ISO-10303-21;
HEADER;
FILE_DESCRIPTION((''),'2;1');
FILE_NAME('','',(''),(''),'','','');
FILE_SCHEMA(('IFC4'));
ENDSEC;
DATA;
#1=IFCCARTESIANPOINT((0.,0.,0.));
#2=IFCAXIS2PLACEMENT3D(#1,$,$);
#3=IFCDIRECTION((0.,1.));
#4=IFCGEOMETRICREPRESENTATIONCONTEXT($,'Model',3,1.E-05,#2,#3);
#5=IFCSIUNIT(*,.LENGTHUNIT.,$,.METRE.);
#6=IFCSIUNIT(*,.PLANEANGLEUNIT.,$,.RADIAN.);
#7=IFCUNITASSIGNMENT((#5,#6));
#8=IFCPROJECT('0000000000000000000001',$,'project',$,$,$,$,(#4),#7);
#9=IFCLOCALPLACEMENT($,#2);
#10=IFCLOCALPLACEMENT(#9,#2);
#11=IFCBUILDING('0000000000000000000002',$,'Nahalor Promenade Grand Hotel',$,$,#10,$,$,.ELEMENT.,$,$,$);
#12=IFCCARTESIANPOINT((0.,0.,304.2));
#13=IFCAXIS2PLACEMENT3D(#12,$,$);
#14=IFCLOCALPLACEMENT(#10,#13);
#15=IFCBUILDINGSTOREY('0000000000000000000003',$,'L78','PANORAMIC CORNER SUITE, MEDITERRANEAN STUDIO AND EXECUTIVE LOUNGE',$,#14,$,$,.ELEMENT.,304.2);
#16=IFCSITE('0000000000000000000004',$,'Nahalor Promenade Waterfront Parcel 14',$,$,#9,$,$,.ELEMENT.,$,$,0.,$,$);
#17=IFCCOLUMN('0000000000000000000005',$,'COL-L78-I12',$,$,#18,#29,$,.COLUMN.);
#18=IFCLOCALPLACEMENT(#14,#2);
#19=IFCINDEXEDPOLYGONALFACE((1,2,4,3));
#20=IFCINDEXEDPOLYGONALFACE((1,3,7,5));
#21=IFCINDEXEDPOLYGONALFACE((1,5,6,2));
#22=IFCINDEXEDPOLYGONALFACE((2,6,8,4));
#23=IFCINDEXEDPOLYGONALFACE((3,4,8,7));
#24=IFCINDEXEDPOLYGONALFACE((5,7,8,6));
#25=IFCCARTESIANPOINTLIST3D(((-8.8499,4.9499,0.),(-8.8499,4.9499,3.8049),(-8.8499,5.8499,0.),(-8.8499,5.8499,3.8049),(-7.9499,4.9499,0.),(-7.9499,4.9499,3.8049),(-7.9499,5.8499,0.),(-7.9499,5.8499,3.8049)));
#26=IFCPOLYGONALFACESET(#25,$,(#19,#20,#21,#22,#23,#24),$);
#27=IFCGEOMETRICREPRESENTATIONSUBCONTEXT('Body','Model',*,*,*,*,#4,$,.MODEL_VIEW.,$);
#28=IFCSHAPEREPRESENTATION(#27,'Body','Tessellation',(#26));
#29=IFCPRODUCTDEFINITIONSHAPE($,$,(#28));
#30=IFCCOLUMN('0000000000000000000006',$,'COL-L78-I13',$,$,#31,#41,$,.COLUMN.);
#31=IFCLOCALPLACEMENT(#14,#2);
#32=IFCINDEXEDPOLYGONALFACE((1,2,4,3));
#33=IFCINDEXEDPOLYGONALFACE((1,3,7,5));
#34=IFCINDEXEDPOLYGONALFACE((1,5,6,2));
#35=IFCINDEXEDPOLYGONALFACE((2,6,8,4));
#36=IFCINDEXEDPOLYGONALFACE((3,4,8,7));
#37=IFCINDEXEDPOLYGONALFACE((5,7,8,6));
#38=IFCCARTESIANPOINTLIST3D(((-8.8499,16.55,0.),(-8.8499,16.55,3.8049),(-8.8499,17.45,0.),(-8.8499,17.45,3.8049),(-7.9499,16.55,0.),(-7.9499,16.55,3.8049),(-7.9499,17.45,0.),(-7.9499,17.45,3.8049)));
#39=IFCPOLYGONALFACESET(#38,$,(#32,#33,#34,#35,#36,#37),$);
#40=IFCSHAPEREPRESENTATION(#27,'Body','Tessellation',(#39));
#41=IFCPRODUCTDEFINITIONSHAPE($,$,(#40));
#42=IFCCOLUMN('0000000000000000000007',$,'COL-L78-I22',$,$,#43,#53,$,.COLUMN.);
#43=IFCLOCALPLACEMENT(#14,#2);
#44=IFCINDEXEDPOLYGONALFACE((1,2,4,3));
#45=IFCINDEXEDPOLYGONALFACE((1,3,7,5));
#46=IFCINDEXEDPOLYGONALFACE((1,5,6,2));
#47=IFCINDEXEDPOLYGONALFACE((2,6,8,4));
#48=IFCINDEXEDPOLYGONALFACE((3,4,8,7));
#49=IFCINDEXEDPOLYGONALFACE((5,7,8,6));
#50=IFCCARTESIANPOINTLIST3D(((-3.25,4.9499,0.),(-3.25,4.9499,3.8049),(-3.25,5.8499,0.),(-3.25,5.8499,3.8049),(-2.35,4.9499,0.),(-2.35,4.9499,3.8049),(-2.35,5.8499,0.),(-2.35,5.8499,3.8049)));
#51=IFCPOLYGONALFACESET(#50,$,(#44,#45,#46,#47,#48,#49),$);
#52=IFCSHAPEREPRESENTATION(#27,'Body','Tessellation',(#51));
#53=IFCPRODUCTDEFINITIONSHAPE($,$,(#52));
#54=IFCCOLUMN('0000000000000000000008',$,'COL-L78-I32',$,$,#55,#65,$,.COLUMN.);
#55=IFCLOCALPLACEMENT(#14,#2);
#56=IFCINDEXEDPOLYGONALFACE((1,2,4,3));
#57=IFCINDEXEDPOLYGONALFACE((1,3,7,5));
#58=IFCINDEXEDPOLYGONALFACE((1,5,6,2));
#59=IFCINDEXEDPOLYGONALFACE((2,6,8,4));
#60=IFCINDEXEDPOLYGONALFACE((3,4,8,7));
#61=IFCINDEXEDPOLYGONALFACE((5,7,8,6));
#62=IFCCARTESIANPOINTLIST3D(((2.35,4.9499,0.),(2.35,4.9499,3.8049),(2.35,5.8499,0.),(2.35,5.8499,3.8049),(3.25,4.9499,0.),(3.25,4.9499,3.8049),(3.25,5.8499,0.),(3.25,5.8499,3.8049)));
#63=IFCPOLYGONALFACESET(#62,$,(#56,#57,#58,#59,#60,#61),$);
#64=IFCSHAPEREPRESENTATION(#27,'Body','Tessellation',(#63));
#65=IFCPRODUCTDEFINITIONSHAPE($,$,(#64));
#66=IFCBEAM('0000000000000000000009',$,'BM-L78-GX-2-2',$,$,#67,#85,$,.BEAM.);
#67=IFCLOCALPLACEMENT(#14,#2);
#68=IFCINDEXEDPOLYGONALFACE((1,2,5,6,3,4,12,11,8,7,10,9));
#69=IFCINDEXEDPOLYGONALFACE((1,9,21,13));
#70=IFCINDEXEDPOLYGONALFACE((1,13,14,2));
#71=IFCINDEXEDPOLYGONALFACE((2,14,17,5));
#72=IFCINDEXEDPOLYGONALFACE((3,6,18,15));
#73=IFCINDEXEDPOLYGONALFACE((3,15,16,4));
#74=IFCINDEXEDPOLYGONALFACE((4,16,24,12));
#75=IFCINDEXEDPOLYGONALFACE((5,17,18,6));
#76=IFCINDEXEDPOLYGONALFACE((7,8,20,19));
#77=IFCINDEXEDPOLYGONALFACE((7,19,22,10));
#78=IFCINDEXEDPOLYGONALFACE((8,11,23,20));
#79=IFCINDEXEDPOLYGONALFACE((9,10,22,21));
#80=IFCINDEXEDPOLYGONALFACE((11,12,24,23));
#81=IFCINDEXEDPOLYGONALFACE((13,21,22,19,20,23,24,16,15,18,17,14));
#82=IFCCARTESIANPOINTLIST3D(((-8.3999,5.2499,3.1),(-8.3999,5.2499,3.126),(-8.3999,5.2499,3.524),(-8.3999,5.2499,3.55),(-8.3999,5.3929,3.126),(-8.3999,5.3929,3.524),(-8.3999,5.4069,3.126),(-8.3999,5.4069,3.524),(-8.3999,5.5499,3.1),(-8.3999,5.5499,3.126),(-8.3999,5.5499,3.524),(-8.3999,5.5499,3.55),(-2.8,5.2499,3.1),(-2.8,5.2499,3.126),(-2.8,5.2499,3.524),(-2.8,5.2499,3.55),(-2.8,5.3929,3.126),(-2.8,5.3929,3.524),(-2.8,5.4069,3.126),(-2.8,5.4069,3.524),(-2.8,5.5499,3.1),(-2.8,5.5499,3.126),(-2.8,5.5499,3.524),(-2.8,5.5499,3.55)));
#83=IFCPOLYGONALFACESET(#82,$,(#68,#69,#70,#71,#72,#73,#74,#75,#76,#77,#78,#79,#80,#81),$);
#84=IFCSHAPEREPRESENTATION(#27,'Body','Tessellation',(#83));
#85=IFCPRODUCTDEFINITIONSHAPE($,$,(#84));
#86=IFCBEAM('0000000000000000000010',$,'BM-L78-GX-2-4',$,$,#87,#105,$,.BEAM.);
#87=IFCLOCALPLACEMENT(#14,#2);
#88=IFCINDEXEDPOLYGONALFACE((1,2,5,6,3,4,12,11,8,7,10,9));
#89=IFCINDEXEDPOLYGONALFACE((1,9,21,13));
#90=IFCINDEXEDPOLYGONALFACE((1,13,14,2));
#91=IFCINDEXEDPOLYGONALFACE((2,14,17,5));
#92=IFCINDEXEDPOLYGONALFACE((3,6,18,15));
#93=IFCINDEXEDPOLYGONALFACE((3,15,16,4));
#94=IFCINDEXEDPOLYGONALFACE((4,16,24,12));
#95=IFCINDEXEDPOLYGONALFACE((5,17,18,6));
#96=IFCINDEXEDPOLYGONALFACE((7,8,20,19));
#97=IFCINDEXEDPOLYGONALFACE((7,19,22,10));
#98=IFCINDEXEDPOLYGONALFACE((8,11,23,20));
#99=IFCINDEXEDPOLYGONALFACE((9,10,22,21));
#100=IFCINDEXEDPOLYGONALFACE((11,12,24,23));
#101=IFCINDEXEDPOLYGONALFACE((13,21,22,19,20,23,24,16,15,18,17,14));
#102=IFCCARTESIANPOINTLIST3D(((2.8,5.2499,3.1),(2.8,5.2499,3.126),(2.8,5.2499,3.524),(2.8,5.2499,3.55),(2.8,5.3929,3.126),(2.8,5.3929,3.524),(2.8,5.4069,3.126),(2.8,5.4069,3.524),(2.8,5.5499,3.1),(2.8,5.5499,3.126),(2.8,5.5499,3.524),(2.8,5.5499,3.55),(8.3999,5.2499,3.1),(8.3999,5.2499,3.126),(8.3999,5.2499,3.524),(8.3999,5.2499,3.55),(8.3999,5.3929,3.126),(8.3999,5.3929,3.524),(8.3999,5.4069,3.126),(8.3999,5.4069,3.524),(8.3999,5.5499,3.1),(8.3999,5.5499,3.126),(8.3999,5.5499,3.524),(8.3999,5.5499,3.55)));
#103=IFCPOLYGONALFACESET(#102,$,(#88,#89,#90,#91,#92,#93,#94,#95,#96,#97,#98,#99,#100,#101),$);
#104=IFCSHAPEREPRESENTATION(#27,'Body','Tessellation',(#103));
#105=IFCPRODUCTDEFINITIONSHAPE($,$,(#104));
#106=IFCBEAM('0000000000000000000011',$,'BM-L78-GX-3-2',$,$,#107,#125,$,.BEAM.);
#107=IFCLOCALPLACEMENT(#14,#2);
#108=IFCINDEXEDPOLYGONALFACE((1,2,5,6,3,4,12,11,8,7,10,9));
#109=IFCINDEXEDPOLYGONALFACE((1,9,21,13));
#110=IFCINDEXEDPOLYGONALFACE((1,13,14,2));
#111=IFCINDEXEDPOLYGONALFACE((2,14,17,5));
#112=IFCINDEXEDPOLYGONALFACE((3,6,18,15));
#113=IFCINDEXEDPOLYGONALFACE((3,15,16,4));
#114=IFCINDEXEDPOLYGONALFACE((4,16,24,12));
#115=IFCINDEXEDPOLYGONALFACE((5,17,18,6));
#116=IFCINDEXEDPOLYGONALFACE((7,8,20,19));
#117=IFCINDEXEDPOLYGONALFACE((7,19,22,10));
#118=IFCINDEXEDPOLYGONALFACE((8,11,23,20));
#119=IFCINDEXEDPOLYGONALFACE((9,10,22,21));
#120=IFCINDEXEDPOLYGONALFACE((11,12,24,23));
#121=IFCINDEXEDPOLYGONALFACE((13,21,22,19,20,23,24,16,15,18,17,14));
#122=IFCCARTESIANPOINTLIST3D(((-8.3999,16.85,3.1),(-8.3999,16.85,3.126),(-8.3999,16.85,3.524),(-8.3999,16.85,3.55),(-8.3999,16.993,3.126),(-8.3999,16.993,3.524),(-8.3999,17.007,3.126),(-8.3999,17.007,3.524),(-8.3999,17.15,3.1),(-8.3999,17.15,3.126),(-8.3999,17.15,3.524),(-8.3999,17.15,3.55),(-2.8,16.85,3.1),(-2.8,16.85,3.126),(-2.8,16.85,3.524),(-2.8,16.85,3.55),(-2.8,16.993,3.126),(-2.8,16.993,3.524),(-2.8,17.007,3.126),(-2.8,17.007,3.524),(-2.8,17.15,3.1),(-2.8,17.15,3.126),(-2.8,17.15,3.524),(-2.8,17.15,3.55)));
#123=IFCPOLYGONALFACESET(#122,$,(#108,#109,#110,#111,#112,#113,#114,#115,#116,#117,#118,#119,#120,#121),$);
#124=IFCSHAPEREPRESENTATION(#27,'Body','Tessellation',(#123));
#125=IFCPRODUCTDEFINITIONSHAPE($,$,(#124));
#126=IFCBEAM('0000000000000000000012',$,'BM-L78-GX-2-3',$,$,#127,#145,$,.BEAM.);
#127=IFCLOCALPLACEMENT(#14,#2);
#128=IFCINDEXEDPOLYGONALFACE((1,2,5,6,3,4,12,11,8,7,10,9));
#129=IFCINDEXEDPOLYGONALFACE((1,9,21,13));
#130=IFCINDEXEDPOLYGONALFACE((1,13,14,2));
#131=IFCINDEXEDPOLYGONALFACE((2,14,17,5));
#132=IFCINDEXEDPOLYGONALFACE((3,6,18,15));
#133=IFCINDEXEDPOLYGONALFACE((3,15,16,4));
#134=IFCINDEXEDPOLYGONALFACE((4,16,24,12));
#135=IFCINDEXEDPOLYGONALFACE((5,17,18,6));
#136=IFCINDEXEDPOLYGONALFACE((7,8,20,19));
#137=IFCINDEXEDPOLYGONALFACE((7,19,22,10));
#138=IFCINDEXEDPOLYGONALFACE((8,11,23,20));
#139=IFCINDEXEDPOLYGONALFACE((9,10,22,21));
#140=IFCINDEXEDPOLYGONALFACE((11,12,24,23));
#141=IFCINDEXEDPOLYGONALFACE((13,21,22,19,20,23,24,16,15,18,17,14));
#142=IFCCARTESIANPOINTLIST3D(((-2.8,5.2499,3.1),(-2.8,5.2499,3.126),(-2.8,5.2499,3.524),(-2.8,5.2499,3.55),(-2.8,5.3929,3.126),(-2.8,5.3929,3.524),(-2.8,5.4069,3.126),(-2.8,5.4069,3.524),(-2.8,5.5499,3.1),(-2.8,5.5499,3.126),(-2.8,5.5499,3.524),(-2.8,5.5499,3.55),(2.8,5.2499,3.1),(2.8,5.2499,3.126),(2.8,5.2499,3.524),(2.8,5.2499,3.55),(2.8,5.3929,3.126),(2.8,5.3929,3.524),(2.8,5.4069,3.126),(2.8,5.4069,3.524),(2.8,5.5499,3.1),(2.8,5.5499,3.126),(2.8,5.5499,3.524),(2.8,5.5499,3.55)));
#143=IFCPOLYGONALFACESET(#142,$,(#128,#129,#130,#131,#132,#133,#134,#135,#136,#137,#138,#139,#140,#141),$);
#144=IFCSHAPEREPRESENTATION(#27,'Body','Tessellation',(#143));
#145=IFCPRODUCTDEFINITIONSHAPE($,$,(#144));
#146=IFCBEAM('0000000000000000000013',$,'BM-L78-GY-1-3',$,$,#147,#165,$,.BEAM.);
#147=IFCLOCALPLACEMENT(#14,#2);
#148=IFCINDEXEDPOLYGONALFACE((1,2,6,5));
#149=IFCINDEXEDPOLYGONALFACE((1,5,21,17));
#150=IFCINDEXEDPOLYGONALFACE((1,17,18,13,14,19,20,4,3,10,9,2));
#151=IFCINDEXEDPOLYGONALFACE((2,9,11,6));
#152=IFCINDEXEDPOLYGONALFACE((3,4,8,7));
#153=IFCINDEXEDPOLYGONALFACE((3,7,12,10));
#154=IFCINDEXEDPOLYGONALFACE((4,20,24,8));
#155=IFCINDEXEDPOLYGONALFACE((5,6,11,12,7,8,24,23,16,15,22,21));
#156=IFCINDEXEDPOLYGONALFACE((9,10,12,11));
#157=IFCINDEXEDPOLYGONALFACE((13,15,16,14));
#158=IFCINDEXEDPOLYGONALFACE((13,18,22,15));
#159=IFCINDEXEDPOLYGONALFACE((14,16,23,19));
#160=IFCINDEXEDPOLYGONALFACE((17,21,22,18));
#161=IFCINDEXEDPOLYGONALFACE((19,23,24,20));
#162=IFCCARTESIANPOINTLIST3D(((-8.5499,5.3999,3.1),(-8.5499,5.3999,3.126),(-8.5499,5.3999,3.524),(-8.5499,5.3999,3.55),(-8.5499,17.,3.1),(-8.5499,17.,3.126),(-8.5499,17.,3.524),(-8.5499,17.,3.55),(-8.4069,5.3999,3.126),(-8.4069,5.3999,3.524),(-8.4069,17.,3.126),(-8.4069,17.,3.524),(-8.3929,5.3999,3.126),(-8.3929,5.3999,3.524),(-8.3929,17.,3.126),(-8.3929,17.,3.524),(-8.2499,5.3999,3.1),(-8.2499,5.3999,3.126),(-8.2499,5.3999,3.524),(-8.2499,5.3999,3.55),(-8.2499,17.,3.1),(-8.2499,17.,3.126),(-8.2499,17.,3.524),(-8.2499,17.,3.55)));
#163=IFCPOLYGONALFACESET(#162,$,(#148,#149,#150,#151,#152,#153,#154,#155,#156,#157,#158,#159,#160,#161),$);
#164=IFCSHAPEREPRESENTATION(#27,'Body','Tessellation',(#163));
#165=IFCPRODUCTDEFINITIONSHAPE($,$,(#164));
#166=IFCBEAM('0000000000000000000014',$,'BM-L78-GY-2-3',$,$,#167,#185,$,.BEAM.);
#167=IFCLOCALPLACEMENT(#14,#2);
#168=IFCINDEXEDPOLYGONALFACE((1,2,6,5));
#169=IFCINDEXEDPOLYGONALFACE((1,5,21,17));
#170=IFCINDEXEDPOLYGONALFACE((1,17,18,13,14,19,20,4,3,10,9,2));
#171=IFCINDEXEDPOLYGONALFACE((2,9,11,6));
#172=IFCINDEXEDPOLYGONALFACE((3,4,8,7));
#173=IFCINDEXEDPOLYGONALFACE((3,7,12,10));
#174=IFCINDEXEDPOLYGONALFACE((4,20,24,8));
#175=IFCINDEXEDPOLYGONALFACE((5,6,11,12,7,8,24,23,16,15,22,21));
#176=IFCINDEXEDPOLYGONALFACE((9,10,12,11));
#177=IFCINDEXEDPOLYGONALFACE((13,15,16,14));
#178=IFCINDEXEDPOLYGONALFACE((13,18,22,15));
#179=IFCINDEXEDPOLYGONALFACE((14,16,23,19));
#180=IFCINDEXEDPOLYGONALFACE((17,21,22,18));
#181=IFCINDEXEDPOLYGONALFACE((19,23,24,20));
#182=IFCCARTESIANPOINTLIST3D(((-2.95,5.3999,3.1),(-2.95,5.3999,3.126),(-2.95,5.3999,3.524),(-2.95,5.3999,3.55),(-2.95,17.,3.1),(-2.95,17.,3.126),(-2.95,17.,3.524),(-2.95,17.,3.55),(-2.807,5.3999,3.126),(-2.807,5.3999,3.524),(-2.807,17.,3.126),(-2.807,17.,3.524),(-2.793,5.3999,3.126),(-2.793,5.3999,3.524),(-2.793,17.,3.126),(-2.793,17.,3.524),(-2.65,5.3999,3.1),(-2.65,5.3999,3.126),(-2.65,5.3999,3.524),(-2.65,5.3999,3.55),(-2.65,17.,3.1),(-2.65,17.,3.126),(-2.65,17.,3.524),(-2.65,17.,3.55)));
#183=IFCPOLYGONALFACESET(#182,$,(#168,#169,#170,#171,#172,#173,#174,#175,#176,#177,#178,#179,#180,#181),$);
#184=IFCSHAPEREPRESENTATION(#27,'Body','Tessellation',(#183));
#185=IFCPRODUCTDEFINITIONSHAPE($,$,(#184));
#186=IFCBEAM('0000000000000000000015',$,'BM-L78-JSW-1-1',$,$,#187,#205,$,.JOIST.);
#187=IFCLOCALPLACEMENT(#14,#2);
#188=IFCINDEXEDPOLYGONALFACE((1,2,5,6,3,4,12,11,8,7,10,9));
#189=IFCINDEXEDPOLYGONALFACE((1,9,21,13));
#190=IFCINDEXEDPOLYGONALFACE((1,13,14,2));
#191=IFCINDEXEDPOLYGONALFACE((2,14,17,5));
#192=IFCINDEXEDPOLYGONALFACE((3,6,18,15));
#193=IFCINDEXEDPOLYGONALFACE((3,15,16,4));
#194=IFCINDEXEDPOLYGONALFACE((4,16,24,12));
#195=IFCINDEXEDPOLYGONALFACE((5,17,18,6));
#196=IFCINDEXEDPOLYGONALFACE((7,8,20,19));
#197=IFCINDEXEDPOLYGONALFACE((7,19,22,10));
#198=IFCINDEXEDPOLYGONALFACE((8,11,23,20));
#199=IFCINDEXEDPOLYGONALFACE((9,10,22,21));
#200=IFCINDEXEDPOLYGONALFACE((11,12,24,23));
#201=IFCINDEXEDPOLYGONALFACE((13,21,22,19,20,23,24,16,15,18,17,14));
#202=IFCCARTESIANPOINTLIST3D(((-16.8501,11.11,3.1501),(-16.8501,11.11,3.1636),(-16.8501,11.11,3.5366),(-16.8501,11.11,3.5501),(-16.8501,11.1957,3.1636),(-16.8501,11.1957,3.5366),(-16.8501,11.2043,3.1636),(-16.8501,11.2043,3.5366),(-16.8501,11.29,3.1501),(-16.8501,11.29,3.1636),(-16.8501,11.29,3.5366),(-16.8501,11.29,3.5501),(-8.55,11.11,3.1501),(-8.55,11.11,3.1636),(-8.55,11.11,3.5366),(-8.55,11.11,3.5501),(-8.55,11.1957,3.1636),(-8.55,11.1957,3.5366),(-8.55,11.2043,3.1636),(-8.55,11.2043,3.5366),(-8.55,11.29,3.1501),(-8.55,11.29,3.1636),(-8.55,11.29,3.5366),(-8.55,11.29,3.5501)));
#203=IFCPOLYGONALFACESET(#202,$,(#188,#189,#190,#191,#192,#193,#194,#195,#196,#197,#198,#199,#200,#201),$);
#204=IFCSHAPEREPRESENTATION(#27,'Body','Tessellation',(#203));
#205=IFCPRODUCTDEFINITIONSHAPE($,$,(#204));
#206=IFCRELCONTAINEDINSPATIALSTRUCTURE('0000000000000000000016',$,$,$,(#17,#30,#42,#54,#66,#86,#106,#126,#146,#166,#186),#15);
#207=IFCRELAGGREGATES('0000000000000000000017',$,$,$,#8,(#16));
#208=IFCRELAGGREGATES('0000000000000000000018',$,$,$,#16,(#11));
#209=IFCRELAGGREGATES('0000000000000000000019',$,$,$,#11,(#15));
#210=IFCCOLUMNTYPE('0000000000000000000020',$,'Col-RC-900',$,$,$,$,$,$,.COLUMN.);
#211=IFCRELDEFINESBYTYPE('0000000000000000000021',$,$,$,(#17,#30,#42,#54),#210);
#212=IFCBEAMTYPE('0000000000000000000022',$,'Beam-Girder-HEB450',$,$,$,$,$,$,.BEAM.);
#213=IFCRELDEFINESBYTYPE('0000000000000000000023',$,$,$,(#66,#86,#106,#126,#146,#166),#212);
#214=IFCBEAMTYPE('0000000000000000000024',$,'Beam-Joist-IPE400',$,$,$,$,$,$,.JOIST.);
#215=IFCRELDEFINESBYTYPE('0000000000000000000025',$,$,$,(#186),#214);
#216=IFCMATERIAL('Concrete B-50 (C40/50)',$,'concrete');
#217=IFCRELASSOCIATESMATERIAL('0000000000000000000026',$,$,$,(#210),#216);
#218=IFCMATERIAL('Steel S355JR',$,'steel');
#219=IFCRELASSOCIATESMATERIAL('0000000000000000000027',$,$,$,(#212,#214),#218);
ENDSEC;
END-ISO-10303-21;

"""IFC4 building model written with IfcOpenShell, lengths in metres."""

from ifc_helpers import new_model, si_unit, direction, frame, origin, origin_2d, place, context, subcontext, project, spatial, rectangle, i_section, extrude, source, transform, mapped, material, material_profile, profile_set, type_object, element, save


model = new_model("IFC4")

# Units and contexts
model_context = context("Model", 3, precision=1e-05, world=origin(), true_north=direction((0.0, 1.0)))
body_context = subcontext(model_context, "Body", "Model", "MODEL_VIEW")
ifc_project = project(units=[si_unit("LENGTHUNIT", "METRE"), si_unit("PLANEANGLEUNIT", "RADIAN")], contexts=[model_context])

# Site, building, storey
site_placement = place(None, origin())
site = spatial("IfcSite", under=ifc_project, at=site_placement, Name="Nahalor Promenade Waterfront Parcel 14", CompositionType="ELEMENT", RefElevation=0.0)
building_placement = place(site_placement, origin())
building = spatial("IfcBuilding", under=site, at=building_placement, Name="Nahalor Promenade Grand Hotel", CompositionType="ELEMENT")
storey_placement = place(building_placement, frame((0.0, 0.0, 304.2)))
storey = spatial("IfcBuildingStorey", under=building, at=storey_placement, Name="L78", Description="PANORAMIC CORNER SUITE, MEDITERRANEAN STUDIO AND EXECUTIVE LOUNGE", CompositionType="ELEMENT", Elevation=304.2)

# Columns
ifc_material_1 = material(Name="Concrete B-50 (C40/50)", Category="concrete")
ifc_material_profile_1 = material_profile(ifc_material_1, rectangle(XDim=0.9, YDim=0.9, at=origin_2d()), Name="RC 900x900")
ifc_profile_set_1 = profile_set([ifc_material_profile_1], Name="Concrete B-50 (C40/50)")
column_type = type_object("IfcColumnType", Name="Col-RC-900", PredefinedType="COLUMN", material=ifc_profile_set_1)
shared_shape_1 = source(origin(), body_context, "Body", "SweptSolid", [
    extrude(rectangle(XDim=0.9, YDim=0.9, at=origin_2d()), origin(), (0.0, 0.0, 1.0), 3.8049),
])
for number, where, z_axis, x_axis, name in (
    (1, (-8.3999, 5.3999, 0.0), (0.0, 0.0, 1.0), (1.0, 0.0, 0.0), "COL-L78-I12"),
    (2, (-8.3999, 17.0, 0.0), (0.0, 0.0, 1.0), (1.0, 0.0, 0.0), "COL-L78-I13"),
    (3, (-2.8, 5.3999, 0.0), (0.0, 0.0, 1.0), (1.0, 0.0, 0.0), "COL-L78-I22"),
    (4, (2.8, 5.3999, 0.0), (0.0, 0.0, 1.0), (1.0, 0.0, 0.0), "COL-L78-I32"),
):
    element("IfcColumn", number, at=place(storey_placement, frame(where, z_axis=z_axis, x_axis=x_axis)), inside=storey, type_object=column_type, Name=name, PredefinedType="COLUMN", context=body_context, shape_type="MappedRepresentation", body=[
        mapped(shared_shape_1, transform((0.0, 0.0, 0.0), scale=1.0)),
    ])

# Beams
ifc_material_2 = material(Name="Steel S355JR", Category="steel")
ifc_material_profile_2 = material_profile(ifc_material_2, i_section(OverallWidth=0.3, OverallDepth=0.45, WebThickness=0.014, FlangeThickness=0.026, at=origin_2d()), Name="HEB 450")
ifc_profile_set_2 = profile_set([ifc_material_profile_2], Name="Steel S355JR")
beam_type_1 = type_object("IfcBeamType", Name="Beam-Girder-HEB450", PredefinedType="BEAM", material=ifc_profile_set_2)
shared_shape_2 = source(origin(), body_context, "Body", "SweptSolid", [
    extrude(i_section(OverallWidth=0.3, OverallDepth=0.45, WebThickness=0.014, FlangeThickness=0.026, at=origin_2d()), origin(), (0.0, 0.0, 1.0), 5.5999),
])
for number, where, z_axis, x_axis, name in (
    (5, (-8.3999, 5.3999, 3.325), (1.0, 0.0, 0.0), (0.0, 1.0, 0.0), "BM-L78-GX-2-2"),
    (6, (2.8, 5.3999, 3.325), (1.0, 0.0, 0.0), (0.0, 1.0, 0.0), "BM-L78-GX-2-4"),
    (7, (-8.3999, 17.0, 3.325), (1.0, 0.0, 0.0), (0.0, 1.0, 0.0), "BM-L78-GX-3-2"),
):
    element("IfcBeam", number, at=place(storey_placement, frame(where, z_axis=z_axis, x_axis=x_axis)), inside=storey, type_object=beam_type_1, Name=name, PredefinedType="BEAM", context=body_context, shape_type="MappedRepresentation", body=[
        mapped(shared_shape_2, transform((0.0, 0.0, 0.0), scale=1.0)),
    ])
shared_shape_3 = source(origin(), body_context, "Body", "SweptSolid", [
    extrude(i_section(OverallWidth=0.3, OverallDepth=0.45, WebThickness=0.014, FlangeThickness=0.026, at=origin_2d()), origin(), (0.0, 0.0, 1.0), 5.6001),
])
beam_1_placement = place(storey_placement, frame((-2.8, 5.3999, 3.325), z_axis=(1.0, 0.0, 0.0), x_axis=(0.0, 1.0, 0.0)))
element("IfcBeam", 8, at=beam_1_placement, inside=storey, type_object=beam_type_1, Name="BM-L78-GX-2-3", PredefinedType="BEAM", context=body_context, shape_type="MappedRepresentation", body=[
    mapped(shared_shape_3, transform((0.0, 0.0, 0.0), scale=1.0)),
])
shared_shape_4 = source(origin(), body_context, "Body", "SweptSolid", [
    extrude(i_section(OverallWidth=0.3, OverallDepth=0.45, WebThickness=0.014, FlangeThickness=0.026, at=origin_2d()), origin(), (0.0, 0.0, 1.0), 11.6001),
])
for number, where, z_axis, x_axis, name in (
    (9, (-8.3999, 5.3999, 3.325), (0.0, 1.0, 0.0), (-1.0, 0.0, 0.0), "BM-L78-GY-1-3"),
    (10, (-2.8, 5.3999, 3.325), (0.0, 1.0, 0.0), (-1.0, 0.0, 0.0), "BM-L78-GY-2-3"),
):
    element("IfcBeam", number, at=place(storey_placement, frame(where, z_axis=z_axis, x_axis=x_axis)), inside=storey, type_object=beam_type_1, Name=name, PredefinedType="BEAM", context=body_context, shape_type="MappedRepresentation", body=[
        mapped(shared_shape_4, transform((0.0, 0.0, 0.0), scale=1.0)),
    ])
ifc_material_profile_3 = material_profile(ifc_material_2, i_section(OverallWidth=0.18, OverallDepth=0.4, WebThickness=0.0086, FlangeThickness=0.0135, at=origin_2d()), Name="IPE 400")
ifc_profile_set_3 = profile_set([ifc_material_profile_3], Name="Steel S355JR")
beam_type_2 = type_object("IfcBeamType", Name="Beam-Joist-IPE400", PredefinedType="JOIST", material=ifc_profile_set_3)
shared_shape_5 = source(origin(), body_context, "Body", "SweptSolid", [
    extrude(i_section(OverallWidth=0.18, OverallDepth=0.4, WebThickness=0.0086, FlangeThickness=0.0135, at=origin_2d()), origin(), (0.0, 0.0, 1.0), 8.3),
])
beam_2_placement = place(storey_placement, frame((-16.8501, 11.2, 3.3501), z_axis=(1.0, 0.0, 0.0), x_axis=(0.0, 1.0, 0.0)))
element("IfcBeam", 11, at=beam_2_placement, inside=storey, type_object=beam_type_2, Name="BM-L78-JSW-1-1", PredefinedType="JOIST", context=body_context, shape_type="MappedRepresentation", body=[
    mapped(shared_shape_5, transform((0.0, 0.0, 0.0), scale=1.0)),
])

save(model, "model.ifc")
